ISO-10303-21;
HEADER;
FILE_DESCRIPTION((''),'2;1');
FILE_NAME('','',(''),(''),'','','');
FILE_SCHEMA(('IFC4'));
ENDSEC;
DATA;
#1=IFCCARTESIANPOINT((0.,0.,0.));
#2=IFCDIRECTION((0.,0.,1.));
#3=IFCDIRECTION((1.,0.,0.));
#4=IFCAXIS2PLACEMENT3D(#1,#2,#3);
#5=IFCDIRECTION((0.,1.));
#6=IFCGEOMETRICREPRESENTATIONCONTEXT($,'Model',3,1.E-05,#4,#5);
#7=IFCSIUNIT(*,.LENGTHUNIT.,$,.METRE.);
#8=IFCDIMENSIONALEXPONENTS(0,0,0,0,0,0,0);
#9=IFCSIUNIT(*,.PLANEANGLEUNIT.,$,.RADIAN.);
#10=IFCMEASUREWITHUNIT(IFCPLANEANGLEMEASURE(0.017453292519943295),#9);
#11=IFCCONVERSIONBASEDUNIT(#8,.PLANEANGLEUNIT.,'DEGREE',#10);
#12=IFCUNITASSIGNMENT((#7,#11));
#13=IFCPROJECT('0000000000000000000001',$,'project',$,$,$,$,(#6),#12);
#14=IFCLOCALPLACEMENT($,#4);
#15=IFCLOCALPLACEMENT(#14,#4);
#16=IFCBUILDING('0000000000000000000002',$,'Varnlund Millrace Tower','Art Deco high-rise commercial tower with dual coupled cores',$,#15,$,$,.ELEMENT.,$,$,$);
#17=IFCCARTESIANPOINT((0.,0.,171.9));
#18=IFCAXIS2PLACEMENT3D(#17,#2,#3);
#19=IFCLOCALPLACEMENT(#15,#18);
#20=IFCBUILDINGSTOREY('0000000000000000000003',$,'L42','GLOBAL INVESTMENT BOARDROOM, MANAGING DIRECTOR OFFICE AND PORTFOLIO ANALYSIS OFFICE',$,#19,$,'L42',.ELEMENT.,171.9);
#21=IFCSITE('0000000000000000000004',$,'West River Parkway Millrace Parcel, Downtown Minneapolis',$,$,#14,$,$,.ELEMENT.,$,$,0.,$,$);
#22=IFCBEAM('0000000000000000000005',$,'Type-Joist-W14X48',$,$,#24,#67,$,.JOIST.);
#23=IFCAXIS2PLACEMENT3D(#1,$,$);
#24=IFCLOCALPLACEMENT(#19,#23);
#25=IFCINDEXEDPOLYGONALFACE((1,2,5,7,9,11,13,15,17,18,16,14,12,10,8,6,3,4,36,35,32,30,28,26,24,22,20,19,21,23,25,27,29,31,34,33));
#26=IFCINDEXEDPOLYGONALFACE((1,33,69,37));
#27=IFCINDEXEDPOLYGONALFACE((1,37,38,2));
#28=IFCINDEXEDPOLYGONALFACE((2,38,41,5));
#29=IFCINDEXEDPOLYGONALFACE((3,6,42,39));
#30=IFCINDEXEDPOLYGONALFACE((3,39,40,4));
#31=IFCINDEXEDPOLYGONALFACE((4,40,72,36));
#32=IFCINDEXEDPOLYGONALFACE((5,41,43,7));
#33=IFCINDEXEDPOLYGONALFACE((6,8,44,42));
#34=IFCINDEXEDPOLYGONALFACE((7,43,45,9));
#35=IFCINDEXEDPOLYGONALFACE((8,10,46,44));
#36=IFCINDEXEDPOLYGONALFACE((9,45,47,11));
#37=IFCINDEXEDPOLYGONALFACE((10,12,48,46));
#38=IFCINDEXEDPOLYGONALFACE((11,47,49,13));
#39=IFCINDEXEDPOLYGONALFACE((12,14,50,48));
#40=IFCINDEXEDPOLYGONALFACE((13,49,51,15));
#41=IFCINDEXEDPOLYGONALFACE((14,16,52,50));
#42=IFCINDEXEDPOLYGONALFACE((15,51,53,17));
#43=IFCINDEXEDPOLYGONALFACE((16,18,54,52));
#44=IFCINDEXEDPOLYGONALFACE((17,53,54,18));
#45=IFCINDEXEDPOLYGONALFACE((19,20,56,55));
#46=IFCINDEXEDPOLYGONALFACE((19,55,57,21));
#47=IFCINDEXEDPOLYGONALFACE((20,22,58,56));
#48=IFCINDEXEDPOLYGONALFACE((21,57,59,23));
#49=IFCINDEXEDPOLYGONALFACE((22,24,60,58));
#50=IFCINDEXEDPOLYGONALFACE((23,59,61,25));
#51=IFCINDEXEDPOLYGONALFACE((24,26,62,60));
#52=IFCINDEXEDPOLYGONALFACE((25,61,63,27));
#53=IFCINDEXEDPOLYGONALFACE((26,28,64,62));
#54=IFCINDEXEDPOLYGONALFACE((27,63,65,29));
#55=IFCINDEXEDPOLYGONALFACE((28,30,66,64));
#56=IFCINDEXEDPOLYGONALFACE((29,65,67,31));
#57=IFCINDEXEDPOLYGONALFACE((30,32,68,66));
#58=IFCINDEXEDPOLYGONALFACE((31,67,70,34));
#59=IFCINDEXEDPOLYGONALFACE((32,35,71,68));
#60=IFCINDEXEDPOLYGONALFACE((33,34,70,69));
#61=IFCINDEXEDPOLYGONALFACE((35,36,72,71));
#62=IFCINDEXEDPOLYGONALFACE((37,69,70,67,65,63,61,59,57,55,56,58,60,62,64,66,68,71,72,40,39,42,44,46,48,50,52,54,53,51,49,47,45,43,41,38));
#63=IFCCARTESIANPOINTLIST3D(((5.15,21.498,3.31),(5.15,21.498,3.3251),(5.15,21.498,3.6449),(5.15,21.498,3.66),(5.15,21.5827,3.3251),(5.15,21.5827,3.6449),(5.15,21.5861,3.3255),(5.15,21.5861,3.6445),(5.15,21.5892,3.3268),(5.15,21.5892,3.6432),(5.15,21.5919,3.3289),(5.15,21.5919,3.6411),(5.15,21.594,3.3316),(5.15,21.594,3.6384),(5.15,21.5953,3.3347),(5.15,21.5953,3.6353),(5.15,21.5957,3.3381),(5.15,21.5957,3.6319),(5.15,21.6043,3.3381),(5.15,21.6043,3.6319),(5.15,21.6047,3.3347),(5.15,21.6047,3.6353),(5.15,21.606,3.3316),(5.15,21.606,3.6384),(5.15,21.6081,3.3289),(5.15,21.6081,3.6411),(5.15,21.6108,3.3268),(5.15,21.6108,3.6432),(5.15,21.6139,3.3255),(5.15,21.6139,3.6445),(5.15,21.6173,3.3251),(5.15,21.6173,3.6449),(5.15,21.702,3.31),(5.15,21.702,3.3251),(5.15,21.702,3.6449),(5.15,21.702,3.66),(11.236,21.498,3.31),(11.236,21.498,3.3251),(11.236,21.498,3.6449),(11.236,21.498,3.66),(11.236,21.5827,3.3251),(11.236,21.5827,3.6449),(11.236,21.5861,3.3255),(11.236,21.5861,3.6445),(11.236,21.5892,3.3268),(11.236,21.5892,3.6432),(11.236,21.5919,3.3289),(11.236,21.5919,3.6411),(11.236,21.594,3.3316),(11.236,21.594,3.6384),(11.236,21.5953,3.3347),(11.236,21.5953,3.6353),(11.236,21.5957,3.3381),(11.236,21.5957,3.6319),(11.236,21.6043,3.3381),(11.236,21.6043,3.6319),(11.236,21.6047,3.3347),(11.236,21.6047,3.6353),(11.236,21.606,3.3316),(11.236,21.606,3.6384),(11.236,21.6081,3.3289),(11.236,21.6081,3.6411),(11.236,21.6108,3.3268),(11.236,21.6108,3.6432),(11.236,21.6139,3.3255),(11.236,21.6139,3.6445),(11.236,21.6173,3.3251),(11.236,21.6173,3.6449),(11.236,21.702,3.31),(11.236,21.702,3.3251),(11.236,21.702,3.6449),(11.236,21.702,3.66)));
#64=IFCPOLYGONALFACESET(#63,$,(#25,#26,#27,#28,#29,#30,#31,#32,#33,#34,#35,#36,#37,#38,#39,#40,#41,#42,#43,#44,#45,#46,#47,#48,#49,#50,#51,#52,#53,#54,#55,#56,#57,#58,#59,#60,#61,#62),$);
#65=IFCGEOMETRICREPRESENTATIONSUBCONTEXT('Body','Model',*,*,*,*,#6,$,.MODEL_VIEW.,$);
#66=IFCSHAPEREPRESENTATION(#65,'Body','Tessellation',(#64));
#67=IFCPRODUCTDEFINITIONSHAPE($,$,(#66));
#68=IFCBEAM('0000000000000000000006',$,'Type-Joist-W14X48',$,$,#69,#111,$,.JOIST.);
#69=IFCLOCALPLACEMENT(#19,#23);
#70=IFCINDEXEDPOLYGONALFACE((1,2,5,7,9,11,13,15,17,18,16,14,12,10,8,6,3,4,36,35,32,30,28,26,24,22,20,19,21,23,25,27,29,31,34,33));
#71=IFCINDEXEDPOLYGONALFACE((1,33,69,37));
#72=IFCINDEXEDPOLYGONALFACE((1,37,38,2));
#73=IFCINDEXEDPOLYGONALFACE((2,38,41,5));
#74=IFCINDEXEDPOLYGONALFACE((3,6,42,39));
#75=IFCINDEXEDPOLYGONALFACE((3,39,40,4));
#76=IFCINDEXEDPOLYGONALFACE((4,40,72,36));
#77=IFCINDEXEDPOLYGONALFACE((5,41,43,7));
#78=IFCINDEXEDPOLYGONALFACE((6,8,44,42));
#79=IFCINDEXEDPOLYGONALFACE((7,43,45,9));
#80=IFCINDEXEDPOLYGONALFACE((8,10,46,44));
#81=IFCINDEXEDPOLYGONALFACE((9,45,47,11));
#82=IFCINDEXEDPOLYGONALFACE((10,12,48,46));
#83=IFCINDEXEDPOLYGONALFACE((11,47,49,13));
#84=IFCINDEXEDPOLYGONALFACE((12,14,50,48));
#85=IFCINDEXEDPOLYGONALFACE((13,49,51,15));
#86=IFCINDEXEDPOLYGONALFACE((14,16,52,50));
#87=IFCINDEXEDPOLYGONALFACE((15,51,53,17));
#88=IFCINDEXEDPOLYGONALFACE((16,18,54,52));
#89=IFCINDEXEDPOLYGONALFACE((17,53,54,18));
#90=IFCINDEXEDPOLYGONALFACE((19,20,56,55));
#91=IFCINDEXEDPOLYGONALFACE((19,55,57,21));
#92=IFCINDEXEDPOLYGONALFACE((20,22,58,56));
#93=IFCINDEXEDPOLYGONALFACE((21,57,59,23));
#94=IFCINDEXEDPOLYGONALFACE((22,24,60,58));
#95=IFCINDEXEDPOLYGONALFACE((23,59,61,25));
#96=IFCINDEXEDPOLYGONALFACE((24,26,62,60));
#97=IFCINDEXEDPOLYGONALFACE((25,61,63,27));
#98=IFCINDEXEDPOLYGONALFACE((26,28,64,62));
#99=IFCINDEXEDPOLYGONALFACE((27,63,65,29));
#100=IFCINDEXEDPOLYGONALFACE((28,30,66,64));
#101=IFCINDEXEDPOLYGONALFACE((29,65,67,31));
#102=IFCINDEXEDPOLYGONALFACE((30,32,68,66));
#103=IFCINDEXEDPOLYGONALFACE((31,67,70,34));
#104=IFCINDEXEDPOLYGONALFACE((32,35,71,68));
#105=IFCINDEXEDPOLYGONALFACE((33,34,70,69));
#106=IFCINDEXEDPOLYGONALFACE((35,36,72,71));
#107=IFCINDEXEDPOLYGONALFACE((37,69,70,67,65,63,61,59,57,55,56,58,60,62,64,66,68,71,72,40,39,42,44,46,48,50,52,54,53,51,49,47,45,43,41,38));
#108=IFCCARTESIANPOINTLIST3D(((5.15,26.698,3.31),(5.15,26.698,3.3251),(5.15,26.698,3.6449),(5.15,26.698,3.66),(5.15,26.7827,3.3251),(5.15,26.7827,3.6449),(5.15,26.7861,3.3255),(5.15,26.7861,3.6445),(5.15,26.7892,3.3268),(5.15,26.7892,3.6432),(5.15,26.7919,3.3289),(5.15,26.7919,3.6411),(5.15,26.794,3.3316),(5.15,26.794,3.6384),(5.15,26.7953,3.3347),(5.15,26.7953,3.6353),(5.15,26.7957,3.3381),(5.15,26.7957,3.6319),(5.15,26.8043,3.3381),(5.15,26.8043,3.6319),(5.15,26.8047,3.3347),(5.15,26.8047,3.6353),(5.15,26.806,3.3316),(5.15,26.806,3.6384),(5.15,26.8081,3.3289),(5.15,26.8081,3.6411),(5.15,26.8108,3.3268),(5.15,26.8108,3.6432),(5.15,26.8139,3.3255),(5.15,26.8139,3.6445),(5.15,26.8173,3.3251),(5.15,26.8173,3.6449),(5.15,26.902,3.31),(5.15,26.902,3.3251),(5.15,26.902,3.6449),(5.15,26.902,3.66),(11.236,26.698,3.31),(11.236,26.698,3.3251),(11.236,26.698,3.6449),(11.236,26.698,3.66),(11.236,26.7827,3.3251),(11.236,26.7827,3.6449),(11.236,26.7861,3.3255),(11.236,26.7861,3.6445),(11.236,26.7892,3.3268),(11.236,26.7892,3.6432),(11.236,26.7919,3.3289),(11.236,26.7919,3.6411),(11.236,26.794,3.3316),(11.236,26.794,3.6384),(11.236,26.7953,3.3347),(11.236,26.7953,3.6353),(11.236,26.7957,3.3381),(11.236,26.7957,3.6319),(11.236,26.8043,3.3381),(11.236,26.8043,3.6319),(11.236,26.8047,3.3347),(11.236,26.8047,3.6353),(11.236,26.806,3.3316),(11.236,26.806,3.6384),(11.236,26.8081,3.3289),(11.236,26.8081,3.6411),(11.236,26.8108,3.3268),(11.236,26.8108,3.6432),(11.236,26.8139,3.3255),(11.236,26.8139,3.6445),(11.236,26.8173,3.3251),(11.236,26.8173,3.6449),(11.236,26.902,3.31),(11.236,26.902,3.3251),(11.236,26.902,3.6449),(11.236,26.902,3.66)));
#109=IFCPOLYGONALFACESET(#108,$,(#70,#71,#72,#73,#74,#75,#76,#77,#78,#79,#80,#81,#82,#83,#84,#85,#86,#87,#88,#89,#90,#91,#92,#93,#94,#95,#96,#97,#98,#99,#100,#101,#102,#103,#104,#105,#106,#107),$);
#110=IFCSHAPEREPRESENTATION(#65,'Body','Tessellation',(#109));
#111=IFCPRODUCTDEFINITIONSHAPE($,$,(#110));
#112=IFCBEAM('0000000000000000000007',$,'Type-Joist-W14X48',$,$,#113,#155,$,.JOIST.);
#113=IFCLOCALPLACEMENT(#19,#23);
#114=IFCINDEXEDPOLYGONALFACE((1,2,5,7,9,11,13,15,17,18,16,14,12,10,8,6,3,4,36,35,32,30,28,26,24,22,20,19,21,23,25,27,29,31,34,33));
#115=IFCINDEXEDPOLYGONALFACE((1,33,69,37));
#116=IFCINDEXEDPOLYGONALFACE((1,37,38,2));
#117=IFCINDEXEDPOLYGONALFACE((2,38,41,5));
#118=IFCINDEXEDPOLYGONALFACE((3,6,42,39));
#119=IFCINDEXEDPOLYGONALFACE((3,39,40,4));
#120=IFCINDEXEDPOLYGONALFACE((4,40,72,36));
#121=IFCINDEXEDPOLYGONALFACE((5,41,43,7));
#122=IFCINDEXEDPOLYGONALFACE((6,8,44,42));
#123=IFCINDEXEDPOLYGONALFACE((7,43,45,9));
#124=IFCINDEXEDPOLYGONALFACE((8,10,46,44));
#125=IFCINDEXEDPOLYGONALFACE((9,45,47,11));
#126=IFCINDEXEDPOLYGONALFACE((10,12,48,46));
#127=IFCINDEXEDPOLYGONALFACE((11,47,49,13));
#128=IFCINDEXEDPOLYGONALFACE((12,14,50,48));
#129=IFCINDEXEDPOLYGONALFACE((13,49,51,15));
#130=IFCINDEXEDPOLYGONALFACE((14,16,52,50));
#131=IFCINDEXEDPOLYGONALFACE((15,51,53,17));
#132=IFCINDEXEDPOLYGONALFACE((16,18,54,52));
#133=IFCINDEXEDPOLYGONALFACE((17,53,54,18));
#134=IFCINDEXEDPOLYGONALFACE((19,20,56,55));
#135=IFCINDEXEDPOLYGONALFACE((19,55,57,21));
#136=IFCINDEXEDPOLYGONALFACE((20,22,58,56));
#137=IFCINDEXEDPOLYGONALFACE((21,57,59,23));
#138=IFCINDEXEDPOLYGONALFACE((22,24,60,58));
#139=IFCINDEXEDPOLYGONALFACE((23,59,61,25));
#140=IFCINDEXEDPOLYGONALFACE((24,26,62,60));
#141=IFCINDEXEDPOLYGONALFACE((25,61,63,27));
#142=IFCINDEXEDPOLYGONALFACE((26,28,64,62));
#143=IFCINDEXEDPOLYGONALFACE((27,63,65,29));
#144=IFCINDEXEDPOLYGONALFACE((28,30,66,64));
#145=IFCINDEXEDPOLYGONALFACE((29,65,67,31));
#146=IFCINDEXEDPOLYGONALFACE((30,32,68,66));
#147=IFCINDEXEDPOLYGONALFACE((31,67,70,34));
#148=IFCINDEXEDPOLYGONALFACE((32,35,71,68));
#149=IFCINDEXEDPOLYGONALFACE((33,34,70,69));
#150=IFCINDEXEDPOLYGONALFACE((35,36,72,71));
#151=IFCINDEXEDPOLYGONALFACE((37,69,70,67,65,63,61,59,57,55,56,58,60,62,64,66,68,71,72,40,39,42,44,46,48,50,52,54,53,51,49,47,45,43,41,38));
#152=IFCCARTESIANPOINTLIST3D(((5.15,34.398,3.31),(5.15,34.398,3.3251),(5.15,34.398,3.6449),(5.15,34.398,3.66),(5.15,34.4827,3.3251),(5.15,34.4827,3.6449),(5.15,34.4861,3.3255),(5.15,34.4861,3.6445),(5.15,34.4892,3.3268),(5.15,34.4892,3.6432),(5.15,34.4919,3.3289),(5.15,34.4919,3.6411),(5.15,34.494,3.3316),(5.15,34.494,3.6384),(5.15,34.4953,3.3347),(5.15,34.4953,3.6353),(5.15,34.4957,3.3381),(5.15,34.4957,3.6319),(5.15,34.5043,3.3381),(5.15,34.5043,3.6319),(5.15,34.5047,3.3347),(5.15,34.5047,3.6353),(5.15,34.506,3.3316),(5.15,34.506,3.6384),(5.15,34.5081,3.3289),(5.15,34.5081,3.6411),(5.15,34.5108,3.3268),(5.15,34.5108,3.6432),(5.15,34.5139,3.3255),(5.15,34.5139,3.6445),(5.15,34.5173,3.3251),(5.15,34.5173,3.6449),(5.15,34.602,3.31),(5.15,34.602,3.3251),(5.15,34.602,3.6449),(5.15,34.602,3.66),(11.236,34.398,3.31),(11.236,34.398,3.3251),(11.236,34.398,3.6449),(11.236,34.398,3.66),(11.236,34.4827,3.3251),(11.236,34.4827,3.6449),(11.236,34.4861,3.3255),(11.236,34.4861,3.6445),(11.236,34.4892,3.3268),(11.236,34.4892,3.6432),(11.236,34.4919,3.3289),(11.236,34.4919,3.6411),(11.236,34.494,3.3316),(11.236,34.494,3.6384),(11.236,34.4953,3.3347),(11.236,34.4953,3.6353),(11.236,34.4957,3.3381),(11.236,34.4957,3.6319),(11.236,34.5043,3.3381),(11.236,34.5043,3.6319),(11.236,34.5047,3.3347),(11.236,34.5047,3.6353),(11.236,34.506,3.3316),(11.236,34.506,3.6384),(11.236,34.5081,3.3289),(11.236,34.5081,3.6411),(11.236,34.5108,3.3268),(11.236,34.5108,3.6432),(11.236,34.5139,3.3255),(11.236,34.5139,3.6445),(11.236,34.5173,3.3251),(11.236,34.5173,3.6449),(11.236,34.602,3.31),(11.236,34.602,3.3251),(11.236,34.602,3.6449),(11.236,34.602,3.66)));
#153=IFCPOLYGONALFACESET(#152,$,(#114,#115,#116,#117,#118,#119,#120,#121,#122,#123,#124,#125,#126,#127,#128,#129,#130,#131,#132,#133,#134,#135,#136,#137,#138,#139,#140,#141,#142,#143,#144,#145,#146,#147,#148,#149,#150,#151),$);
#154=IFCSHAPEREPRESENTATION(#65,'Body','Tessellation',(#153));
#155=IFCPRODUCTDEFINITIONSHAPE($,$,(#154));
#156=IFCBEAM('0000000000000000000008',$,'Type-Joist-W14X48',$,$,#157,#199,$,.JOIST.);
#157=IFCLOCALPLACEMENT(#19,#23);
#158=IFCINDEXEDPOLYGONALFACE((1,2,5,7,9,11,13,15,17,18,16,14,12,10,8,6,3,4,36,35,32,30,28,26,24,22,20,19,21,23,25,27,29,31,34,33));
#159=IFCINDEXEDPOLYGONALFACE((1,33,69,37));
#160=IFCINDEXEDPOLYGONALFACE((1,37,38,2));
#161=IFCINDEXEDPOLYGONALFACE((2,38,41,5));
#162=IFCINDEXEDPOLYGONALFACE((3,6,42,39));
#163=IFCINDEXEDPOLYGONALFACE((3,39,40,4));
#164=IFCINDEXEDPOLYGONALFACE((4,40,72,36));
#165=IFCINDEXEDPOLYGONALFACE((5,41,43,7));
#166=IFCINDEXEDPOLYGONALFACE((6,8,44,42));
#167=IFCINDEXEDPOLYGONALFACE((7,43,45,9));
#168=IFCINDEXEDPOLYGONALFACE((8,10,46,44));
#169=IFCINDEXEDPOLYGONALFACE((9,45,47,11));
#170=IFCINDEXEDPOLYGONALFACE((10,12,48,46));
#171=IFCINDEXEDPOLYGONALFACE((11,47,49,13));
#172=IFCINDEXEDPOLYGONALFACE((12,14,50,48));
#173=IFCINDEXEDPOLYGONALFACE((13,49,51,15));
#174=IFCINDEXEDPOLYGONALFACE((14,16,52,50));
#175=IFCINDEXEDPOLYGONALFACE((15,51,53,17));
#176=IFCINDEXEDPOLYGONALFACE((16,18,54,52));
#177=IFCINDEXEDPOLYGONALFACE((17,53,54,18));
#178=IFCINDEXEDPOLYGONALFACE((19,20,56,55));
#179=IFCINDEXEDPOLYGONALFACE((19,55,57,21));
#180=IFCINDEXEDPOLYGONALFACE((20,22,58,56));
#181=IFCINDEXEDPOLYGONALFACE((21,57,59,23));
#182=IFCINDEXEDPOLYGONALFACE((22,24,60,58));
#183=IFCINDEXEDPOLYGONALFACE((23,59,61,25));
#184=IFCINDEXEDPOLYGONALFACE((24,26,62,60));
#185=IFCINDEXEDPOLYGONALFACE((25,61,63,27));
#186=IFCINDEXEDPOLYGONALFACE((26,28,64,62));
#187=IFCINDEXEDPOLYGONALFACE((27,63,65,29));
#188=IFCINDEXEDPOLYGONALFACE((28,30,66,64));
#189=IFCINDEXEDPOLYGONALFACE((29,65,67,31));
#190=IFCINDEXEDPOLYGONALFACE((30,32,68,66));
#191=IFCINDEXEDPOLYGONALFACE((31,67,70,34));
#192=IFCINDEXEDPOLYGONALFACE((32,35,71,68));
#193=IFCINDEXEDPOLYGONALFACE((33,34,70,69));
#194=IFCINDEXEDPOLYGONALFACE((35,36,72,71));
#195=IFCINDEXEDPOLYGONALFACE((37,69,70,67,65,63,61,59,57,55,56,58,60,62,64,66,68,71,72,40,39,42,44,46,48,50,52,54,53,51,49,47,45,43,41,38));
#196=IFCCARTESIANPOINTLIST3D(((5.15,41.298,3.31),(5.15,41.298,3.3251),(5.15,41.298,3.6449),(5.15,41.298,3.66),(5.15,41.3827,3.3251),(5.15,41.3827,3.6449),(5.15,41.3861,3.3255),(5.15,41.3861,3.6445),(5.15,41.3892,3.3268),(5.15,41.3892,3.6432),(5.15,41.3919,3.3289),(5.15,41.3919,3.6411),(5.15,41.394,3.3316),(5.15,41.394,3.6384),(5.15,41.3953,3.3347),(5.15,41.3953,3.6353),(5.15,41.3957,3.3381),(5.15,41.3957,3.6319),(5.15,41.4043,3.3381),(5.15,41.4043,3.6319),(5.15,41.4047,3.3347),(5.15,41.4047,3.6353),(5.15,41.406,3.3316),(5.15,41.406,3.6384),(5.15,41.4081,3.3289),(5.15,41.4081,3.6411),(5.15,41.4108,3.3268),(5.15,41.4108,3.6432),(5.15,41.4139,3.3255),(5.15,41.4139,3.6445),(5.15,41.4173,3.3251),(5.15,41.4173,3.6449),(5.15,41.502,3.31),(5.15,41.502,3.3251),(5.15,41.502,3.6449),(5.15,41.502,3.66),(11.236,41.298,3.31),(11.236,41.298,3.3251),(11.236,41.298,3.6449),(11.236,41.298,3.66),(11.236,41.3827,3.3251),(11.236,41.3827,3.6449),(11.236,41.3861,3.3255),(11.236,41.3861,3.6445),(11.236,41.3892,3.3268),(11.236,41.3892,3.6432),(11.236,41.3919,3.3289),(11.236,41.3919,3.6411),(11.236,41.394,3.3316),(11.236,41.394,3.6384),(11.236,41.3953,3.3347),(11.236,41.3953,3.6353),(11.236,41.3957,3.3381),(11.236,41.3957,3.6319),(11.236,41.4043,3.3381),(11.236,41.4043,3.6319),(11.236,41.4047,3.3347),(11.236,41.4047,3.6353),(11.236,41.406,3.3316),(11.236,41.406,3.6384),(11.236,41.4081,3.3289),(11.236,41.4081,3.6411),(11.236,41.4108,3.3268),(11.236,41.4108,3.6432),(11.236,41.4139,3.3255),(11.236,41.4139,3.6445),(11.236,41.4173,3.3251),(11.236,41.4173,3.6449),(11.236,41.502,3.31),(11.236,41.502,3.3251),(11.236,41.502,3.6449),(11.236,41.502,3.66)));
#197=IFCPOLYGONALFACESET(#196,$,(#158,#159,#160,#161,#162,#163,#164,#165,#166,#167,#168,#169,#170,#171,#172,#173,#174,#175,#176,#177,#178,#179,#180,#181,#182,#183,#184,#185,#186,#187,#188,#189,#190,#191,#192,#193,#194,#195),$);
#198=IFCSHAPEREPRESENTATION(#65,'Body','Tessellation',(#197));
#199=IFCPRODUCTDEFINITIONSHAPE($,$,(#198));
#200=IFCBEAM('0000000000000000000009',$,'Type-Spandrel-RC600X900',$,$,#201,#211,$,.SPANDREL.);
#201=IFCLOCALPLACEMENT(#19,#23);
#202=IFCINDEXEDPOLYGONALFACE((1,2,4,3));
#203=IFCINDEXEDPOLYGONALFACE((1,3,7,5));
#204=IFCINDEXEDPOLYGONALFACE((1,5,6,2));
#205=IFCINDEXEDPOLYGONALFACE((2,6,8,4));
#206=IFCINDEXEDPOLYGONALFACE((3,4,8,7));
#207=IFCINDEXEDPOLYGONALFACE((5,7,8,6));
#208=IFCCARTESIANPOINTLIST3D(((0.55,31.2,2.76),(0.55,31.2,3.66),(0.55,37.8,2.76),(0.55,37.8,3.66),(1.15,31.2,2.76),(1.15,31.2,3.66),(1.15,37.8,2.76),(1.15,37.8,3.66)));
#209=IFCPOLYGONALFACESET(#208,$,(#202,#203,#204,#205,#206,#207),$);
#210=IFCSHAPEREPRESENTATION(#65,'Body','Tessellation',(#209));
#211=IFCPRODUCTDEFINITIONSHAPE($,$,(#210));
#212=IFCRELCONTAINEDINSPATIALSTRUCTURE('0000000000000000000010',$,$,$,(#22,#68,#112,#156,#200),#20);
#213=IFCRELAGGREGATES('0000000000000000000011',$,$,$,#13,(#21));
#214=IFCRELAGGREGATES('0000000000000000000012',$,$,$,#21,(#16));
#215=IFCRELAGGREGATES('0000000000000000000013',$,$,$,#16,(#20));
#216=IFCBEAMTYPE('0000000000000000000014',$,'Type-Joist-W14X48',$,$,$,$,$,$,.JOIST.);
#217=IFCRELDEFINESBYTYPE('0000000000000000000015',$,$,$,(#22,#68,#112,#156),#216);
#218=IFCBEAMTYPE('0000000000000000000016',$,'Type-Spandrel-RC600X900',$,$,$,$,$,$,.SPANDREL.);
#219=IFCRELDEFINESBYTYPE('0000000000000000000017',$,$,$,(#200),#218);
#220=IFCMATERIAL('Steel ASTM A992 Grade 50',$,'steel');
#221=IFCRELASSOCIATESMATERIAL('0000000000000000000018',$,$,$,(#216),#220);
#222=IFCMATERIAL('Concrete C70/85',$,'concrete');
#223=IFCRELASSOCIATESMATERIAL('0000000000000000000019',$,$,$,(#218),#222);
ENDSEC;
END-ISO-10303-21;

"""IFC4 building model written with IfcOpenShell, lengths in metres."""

from ifc_helpers import new_model, entity, si_unit, converted_unit, direction, frame, origin_with_axes, origin_2d_with_axis, place, context, subcontext, project, spatial, rectangle, i_section, extrude, material, material_profile, profile_set, type_object, element, save


model = new_model("IFC4")

# Units and contexts
model_context = context("Model", 3, precision=1e-05, world=origin_with_axes(), true_north=direction((0.0, 1.0)))
body_context = subcontext(model_context, "Body", "Model", "MODEL_VIEW")
ifc_project = project(units=[si_unit("LENGTHUNIT", "METRE"), converted_unit("PLANEANGLEUNIT", "DEGREE", entity("IfcPlaneAngleMeasure", 0.017453292519943295), si_unit("PLANEANGLEUNIT", "RADIAN"), dimensions=[0, 0, 0, 0, 0, 0, 0])], contexts=[model_context])

# Site, building, storey
site_placement = place(None, origin_with_axes())
site = spatial("IfcSite", under=ifc_project, at=site_placement, Name="West River Parkway Millrace Parcel, Downtown Minneapolis", CompositionType="ELEMENT", RefElevation=0.0)
building_placement = place(site_placement, origin_with_axes())
building = spatial("IfcBuilding", under=site, at=building_placement, Name="Varnlund Millrace Tower", Description="Art Deco high-rise commercial tower with dual coupled cores", CompositionType="ELEMENT")
storey_placement = place(building_placement, frame((0.0, 0.0, 171.9), z_axis=(0.0, 0.0, 1.0), x_axis=(1.0, 0.0, 0.0)))
storey = spatial("IfcBuildingStorey", under=building, at=storey_placement, Name="L42", Description="GLOBAL INVESTMENT BOARDROOM, MANAGING DIRECTOR OFFICE AND PORTFOLIO ANALYSIS OFFICE", LongName="L42", CompositionType="ELEMENT", Elevation=171.9)

# Beams
ifc_material_1 = material(Name="Steel ASTM A992 Grade 50", Category="steel")
ifc_material_profile_1 = material_profile(ifc_material_1, i_section(OverallWidth=0.204, OverallDepth=0.35, WebThickness=0.0086, FlangeThickness=0.0151, FilletRadius=0.013, at=origin_2d_with_axis()), Name="Steel ASTM A992 Grade 50")
ifc_profile_set_1 = profile_set([ifc_material_profile_1], Name="Steel ASTM A992 Grade 50")
beam_type_1 = type_object("IfcBeamType", Name="Type-Joist-W14X48", PredefinedType="JOIST", material=ifc_profile_set_1)
for number, where, z_axis, x_axis, name in (
    (1, (5.15, 21.6, 3.485), (1.0, 0.0, 0.0), (0.0, 1.0, 0.0), "Type-Joist-W14X48"),
    (2, (5.15, 26.8, 3.485), (1.0, 0.0, 0.0), (0.0, 1.0, 0.0), "Type-Joist-W14X48"),
    (3, (5.15, 34.5, 3.485), (1.0, 0.0, 0.0), (0.0, 1.0, 0.0), "Type-Joist-W14X48"),
    (4, (5.15, 41.4, 3.485), (1.0, 0.0, 0.0), (0.0, 1.0, 0.0), "Type-Joist-W14X48"),
):
    element("IfcBeam", number, at=place(storey_placement, frame(where, z_axis=z_axis, x_axis=x_axis)), inside=storey, type_object=beam_type_1, Name=name, PredefinedType="JOIST", context=body_context, shape_type="SweptSolid", body=[
        extrude(i_section(OverallWidth=0.204, OverallDepth=0.35, WebThickness=0.0086, FlangeThickness=0.0151, FilletRadius=0.013, at=origin_2d_with_axis()), origin_with_axes(), (0.0, 0.0, 1.0), 6.086),
    ])
ifc_material_2 = material(Name="Concrete C70/85", Category="concrete")
ifc_material_profile_2 = material_profile(ifc_material_2, rectangle(XDim=0.6, YDim=0.9, at=origin_2d_with_axis()), Name="Concrete C70/85")
ifc_profile_set_2 = profile_set([ifc_material_profile_2], Name="Concrete C70/85")
beam_type_2 = type_object("IfcBeamType", Name="Type-Spandrel-RC600X900", PredefinedType="SPANDREL", material=ifc_profile_set_2)
beam_1_placement = place(storey_placement, frame((0.85, 31.2, 3.21), z_axis=(0.0, 1.0, 0.0), x_axis=(-1.0, 0.0, 0.0)))
element("IfcBeam", 5, at=beam_1_placement, inside=storey, type_object=beam_type_2, Name="Type-Spandrel-RC600X900", PredefinedType="SPANDREL", context=body_context, shape_type="SweptSolid", body=[
    extrude(rectangle(XDim=0.6, YDim=0.9, at=origin_2d_with_axis()), origin_with_axes(), (0.0, 0.0, 1.0), 6.6),
])

save(model, "model.ifc")
